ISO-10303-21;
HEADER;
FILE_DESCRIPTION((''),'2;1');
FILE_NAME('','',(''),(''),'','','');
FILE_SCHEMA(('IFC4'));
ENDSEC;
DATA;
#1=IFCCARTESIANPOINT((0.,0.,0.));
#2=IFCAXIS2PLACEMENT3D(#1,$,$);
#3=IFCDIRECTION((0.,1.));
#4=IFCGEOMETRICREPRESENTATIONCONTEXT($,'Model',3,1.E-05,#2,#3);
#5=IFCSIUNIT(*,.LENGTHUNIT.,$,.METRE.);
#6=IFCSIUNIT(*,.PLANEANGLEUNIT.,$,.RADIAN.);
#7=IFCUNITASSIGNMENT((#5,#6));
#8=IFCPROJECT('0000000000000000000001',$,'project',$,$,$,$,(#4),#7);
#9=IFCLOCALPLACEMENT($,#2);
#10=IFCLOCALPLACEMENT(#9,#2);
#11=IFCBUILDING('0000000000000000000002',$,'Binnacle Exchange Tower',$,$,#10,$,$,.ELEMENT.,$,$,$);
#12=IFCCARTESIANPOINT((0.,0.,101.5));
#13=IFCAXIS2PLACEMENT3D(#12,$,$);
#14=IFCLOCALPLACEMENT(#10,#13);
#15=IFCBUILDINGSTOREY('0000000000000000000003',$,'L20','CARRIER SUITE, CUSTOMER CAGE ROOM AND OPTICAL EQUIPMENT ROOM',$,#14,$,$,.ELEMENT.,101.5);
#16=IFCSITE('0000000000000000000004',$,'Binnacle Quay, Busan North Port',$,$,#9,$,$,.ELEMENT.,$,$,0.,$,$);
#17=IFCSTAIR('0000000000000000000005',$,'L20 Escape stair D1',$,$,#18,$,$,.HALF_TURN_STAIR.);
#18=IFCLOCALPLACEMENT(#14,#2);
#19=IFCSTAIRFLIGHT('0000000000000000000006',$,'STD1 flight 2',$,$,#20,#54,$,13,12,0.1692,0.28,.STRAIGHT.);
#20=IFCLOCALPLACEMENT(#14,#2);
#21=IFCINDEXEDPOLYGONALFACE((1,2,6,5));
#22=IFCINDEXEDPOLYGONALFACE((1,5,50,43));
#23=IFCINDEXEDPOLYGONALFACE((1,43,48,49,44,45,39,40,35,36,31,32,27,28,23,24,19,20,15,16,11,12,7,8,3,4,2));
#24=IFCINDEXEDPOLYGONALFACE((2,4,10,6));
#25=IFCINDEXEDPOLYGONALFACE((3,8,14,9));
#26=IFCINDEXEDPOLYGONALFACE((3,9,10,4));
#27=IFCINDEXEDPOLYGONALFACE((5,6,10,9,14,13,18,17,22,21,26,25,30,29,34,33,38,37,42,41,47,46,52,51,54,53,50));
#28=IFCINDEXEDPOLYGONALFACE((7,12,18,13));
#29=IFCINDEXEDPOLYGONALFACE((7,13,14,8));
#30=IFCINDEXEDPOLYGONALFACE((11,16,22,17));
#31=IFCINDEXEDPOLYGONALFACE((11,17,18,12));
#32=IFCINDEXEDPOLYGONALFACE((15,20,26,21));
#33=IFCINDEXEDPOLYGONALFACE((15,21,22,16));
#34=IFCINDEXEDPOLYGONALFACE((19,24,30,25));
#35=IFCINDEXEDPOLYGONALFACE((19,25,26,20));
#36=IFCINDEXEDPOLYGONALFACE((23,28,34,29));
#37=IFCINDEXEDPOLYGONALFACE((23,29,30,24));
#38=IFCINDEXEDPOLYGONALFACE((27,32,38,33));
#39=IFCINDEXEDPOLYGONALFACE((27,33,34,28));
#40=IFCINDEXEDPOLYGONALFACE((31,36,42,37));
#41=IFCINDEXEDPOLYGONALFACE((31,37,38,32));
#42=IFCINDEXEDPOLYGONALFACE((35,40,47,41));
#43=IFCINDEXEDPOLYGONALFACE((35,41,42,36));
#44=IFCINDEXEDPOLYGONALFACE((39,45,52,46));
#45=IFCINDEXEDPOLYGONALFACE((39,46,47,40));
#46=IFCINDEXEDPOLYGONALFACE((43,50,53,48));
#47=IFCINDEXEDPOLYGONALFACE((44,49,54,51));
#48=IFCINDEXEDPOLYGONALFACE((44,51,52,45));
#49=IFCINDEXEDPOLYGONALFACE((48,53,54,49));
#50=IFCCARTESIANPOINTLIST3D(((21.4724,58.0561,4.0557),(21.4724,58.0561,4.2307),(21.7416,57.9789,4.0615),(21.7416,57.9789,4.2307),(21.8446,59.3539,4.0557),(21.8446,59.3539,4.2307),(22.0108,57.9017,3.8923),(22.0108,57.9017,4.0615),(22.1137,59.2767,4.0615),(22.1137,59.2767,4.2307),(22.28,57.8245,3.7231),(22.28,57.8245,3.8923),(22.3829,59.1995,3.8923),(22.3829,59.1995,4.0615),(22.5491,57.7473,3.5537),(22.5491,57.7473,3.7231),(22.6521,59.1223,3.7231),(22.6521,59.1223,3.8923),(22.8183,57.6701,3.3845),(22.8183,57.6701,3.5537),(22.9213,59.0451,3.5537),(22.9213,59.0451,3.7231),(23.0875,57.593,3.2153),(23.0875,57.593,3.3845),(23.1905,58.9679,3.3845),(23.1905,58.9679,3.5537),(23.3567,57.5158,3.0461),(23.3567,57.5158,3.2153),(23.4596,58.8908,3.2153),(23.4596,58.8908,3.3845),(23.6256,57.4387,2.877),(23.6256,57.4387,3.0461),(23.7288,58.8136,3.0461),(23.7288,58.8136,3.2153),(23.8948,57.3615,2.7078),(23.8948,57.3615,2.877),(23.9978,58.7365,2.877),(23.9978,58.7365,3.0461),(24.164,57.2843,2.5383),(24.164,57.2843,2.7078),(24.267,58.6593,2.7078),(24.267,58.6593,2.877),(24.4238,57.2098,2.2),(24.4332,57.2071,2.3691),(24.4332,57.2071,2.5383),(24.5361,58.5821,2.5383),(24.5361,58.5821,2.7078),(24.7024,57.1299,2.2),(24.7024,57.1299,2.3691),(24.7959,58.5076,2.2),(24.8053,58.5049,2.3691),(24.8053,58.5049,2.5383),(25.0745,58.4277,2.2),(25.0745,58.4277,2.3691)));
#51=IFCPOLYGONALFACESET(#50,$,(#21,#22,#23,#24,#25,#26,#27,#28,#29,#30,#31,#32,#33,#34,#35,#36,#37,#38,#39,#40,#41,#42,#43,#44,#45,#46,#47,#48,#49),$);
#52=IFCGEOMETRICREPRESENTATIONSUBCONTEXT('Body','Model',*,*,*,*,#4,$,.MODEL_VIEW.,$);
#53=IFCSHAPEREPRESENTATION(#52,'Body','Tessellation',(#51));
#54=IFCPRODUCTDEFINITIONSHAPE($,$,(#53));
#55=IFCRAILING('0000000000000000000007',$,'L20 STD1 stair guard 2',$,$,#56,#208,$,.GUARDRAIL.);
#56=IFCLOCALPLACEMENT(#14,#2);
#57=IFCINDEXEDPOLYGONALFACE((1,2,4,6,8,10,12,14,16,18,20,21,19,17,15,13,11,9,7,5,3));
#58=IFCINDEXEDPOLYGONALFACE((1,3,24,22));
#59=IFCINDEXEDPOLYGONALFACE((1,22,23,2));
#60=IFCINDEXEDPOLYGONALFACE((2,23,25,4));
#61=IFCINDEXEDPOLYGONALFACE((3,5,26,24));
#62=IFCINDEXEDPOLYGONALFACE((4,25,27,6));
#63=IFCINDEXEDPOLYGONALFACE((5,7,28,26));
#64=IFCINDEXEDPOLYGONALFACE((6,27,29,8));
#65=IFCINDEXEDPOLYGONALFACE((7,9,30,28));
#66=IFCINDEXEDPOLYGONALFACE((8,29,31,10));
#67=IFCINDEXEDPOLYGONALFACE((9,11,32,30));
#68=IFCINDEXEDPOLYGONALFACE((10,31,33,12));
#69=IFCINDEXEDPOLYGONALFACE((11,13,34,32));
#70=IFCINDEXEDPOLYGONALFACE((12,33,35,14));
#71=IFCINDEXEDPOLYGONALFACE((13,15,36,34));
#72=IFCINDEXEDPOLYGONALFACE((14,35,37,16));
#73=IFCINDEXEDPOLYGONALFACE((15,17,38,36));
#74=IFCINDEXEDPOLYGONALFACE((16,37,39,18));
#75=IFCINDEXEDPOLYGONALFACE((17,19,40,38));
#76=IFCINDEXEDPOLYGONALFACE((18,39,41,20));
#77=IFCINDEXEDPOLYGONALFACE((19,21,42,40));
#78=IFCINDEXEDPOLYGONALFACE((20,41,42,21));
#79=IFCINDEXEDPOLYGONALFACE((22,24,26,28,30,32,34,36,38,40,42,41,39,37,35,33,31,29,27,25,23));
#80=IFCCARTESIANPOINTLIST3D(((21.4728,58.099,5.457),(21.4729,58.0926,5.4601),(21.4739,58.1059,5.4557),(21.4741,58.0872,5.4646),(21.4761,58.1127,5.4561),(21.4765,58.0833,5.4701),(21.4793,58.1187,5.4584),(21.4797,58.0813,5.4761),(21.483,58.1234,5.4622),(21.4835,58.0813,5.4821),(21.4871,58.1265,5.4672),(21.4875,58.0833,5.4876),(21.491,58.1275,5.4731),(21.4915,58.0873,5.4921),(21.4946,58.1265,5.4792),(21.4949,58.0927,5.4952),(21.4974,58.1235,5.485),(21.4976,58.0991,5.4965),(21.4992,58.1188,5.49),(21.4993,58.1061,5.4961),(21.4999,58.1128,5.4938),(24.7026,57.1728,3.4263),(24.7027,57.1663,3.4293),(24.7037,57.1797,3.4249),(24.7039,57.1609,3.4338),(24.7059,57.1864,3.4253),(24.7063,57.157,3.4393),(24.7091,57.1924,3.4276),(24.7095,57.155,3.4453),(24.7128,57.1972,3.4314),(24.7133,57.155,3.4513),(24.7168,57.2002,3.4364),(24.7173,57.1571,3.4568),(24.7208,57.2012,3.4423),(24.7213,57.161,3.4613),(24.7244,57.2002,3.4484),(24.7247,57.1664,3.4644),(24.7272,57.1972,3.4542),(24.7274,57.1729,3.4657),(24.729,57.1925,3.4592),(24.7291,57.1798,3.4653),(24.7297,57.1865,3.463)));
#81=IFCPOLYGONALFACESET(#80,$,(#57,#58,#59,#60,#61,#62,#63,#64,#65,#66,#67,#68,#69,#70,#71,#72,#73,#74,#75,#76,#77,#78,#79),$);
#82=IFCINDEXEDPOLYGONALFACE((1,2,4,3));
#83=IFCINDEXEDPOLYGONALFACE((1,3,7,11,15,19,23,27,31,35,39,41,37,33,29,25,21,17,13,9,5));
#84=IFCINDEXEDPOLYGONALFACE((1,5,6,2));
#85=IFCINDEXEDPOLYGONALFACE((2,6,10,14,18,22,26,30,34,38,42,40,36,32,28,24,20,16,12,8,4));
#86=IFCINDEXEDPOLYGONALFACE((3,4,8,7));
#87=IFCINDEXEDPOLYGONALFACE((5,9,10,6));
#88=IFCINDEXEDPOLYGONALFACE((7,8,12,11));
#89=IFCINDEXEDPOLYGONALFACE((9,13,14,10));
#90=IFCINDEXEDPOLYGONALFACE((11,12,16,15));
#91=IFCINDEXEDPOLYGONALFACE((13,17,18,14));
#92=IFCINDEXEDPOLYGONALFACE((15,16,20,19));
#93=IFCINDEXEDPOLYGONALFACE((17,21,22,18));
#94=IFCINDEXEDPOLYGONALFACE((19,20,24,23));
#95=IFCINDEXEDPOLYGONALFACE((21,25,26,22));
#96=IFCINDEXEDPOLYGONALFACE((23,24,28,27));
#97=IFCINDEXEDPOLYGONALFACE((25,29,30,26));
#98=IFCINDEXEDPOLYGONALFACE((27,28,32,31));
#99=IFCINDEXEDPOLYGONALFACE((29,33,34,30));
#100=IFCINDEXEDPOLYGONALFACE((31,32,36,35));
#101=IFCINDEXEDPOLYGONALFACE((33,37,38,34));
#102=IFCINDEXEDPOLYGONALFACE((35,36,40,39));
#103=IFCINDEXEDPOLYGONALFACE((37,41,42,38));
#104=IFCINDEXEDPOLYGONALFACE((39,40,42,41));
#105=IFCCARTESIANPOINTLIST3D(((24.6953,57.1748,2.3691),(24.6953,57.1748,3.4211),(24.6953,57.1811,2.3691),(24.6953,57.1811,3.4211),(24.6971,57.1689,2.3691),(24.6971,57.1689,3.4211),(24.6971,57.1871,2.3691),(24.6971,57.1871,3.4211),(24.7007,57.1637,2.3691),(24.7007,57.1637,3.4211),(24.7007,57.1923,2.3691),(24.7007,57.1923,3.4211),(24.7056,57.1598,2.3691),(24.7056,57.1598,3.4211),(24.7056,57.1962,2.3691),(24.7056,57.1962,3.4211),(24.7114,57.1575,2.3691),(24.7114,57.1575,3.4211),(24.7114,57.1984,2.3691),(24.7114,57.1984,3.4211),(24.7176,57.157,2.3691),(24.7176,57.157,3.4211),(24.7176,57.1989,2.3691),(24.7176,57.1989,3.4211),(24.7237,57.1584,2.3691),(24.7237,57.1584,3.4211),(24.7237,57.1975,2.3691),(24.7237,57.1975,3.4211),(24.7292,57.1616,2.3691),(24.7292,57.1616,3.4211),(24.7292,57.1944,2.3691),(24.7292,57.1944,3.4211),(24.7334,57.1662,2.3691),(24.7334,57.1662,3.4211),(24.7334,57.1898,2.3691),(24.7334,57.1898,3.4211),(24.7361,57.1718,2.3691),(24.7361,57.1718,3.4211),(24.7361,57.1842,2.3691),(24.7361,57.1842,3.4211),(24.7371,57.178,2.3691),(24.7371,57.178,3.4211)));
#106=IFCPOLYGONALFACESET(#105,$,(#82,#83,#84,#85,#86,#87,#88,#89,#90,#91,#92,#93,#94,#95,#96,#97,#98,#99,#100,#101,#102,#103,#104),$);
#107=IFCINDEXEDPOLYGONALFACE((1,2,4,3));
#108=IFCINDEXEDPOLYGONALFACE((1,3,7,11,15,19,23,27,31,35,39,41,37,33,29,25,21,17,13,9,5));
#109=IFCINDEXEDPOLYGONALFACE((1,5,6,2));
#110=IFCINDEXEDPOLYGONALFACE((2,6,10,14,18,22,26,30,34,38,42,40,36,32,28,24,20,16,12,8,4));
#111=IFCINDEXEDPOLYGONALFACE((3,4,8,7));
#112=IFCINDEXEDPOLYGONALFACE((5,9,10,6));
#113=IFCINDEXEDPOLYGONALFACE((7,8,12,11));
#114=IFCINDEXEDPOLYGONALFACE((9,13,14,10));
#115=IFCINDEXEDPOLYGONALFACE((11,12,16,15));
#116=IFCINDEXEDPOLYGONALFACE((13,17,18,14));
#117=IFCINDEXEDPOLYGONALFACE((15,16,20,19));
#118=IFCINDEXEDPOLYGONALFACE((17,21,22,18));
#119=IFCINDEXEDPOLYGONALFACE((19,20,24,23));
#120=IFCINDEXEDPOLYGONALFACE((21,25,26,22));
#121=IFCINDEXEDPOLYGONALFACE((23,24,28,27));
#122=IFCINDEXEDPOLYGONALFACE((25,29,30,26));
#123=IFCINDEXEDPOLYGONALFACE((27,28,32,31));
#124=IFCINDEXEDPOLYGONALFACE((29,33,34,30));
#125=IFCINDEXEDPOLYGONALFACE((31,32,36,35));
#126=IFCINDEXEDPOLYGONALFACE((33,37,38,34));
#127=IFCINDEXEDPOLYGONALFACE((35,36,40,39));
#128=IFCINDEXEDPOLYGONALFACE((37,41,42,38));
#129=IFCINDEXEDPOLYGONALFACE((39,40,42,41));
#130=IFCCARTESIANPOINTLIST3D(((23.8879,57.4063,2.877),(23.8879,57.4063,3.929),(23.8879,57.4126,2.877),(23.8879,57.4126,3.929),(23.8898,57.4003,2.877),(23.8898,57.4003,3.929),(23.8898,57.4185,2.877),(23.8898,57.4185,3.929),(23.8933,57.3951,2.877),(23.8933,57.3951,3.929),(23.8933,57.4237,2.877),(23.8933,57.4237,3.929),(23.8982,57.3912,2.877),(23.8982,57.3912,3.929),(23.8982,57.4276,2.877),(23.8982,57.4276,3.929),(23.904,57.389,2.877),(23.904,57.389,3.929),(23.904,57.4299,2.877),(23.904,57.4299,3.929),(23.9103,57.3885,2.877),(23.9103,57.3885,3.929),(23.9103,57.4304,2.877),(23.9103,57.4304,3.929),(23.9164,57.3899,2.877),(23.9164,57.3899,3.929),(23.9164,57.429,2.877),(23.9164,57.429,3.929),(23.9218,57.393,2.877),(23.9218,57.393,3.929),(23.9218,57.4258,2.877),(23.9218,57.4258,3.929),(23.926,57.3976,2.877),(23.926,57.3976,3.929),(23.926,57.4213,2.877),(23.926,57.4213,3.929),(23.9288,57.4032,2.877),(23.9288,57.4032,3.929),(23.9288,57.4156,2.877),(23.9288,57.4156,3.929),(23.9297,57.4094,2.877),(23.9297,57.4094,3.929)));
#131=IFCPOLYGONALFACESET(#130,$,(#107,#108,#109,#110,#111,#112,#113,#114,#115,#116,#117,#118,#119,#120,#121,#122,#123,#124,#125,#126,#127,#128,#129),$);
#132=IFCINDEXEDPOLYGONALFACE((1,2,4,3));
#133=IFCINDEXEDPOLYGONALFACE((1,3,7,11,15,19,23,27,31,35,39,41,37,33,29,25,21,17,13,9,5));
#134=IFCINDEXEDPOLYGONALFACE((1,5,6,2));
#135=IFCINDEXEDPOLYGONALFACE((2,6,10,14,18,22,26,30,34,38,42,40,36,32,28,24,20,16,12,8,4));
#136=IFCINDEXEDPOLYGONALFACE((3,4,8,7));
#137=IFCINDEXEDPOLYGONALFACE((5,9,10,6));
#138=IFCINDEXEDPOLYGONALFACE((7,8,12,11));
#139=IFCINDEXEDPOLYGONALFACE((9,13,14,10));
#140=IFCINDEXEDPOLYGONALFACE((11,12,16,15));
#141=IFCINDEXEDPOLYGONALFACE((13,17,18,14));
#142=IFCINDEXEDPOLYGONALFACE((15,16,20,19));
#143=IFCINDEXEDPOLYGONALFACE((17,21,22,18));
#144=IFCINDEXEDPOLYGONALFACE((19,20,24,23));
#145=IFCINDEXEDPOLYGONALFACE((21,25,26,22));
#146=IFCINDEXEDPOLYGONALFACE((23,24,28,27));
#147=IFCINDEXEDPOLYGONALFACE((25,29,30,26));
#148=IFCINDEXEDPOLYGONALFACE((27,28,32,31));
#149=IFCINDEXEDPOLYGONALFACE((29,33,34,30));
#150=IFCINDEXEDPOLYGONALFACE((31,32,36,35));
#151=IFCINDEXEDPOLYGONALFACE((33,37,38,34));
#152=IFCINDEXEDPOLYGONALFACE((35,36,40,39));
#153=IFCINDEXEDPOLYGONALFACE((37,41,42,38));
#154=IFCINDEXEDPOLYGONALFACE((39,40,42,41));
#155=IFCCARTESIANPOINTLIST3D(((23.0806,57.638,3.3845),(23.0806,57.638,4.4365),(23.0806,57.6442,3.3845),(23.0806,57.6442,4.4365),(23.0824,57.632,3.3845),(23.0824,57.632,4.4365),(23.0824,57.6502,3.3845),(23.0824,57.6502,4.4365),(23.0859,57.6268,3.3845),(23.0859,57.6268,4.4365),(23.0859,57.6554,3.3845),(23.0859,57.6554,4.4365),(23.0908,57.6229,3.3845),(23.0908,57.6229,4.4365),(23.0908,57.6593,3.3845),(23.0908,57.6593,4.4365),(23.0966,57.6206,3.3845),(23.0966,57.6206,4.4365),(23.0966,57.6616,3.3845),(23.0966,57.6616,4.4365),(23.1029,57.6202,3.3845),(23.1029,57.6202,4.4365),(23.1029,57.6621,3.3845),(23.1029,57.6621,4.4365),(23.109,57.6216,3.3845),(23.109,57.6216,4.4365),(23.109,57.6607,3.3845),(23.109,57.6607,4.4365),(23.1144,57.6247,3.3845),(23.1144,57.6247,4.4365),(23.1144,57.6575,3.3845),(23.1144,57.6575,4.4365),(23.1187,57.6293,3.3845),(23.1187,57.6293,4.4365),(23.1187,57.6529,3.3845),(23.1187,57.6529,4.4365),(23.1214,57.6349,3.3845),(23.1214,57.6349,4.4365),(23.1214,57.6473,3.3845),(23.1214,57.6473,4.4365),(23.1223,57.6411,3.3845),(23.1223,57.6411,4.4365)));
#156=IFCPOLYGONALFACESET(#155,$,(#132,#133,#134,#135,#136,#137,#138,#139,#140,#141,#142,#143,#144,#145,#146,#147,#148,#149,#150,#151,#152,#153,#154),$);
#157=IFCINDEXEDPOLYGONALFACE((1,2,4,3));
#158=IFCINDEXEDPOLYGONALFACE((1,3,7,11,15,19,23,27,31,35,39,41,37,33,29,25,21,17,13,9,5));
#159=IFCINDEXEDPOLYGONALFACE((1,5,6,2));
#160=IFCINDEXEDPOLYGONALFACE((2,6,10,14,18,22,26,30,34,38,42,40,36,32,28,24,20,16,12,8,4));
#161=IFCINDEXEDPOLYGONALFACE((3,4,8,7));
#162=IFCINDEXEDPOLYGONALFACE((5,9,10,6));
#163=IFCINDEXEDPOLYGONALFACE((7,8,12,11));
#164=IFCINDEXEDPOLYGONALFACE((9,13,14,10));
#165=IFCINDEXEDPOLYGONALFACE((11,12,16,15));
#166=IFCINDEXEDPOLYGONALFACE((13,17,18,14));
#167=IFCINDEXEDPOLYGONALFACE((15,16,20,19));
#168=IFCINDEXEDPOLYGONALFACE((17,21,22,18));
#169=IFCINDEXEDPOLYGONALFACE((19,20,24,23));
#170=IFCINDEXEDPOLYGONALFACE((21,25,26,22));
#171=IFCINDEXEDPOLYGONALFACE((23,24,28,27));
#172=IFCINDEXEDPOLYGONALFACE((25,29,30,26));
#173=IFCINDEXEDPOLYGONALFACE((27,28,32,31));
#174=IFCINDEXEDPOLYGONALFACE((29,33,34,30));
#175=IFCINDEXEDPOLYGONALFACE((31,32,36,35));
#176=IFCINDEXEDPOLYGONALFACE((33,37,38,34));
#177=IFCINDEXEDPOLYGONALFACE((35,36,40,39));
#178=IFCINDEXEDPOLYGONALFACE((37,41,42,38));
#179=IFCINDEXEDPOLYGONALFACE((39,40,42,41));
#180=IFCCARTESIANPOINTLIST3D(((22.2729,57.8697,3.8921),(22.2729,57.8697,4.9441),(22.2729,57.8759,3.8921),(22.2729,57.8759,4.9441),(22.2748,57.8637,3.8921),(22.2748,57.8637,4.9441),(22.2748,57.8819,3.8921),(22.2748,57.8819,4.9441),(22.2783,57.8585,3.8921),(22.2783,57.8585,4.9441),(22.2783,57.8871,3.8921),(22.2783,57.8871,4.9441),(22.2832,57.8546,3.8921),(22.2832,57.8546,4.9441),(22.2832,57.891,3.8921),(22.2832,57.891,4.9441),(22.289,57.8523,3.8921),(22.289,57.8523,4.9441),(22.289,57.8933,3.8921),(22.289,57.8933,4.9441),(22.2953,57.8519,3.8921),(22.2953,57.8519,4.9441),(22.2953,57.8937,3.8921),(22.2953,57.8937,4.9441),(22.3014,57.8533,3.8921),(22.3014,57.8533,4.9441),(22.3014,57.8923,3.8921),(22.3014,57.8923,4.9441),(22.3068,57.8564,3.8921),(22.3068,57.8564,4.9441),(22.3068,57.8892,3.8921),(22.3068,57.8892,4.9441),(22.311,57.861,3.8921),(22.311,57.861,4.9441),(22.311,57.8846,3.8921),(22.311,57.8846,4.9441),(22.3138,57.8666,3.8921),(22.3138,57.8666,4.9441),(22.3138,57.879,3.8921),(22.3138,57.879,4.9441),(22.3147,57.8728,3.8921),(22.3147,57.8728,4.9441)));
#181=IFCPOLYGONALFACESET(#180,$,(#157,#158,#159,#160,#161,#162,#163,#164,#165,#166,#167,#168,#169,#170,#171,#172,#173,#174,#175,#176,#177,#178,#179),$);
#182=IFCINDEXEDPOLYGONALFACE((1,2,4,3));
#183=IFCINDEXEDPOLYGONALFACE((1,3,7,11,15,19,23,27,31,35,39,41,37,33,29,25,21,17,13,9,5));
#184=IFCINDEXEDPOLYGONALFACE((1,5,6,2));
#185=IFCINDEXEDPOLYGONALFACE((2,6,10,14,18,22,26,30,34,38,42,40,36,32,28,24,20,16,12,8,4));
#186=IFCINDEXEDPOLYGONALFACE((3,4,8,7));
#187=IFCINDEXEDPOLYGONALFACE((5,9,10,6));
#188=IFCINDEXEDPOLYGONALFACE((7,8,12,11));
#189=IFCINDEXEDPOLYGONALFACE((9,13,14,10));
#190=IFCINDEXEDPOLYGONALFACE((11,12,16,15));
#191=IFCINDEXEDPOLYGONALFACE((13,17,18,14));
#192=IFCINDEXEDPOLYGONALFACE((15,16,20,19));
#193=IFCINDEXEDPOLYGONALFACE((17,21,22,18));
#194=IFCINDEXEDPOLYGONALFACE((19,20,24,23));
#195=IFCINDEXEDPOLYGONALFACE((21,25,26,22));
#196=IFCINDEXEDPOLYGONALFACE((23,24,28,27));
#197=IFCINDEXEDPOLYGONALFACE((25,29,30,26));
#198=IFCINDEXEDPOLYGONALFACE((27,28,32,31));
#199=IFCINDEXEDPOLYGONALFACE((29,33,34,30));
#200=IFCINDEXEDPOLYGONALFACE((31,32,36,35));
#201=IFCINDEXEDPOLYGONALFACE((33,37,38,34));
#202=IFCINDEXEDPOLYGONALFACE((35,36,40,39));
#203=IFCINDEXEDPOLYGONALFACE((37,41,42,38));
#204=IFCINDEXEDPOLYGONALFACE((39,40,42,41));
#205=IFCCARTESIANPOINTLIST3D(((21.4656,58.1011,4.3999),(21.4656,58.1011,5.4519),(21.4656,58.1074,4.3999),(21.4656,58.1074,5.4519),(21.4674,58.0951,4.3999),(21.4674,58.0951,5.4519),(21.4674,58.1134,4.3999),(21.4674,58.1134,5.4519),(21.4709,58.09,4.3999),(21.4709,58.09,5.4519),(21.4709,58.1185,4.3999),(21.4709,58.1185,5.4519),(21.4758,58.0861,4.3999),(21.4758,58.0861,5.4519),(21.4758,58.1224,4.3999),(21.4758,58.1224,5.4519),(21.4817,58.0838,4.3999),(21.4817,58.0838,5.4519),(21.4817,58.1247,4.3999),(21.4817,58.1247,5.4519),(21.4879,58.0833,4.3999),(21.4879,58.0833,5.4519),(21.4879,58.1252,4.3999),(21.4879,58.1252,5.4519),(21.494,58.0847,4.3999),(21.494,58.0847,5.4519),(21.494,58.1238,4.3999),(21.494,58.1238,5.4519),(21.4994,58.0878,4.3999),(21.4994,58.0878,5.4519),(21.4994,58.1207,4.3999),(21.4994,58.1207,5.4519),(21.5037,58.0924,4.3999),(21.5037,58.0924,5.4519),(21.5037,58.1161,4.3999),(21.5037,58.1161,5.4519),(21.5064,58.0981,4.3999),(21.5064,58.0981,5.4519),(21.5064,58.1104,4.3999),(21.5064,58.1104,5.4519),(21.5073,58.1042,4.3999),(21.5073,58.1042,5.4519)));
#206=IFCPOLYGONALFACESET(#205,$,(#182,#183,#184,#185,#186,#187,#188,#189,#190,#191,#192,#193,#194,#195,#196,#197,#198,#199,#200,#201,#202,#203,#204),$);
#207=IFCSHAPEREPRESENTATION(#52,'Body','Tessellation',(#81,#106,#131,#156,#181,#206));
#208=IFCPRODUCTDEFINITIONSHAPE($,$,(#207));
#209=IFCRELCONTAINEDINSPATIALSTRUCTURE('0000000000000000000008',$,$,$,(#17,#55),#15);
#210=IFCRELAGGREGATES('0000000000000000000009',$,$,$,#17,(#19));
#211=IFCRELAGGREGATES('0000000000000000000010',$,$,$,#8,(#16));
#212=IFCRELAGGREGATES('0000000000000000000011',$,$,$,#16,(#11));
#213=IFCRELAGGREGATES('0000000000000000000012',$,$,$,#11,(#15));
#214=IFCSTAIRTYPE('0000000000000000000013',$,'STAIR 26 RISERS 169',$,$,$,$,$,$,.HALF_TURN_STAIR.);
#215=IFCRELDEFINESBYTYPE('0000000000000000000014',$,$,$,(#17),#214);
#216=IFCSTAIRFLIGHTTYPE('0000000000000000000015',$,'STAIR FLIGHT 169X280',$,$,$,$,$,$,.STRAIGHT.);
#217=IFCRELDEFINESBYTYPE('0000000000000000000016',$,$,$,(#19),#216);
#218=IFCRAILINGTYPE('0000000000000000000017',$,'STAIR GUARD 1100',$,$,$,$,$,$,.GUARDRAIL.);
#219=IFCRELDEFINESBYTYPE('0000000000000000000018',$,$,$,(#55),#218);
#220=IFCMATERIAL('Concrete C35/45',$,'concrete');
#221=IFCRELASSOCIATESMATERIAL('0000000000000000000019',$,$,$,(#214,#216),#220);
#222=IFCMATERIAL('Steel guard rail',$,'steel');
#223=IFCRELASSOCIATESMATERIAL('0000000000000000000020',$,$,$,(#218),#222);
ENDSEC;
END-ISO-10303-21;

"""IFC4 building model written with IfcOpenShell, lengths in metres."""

from ifc_helpers import new_model, si_unit, direction, frame, origin, origin_2d, place, context, subcontext, project, spatial, polyline, circle, outline, extrude, material, type_object, element, aggregate, save


model = new_model("IFC4")

# Units and contexts
model_context = context("Model", 3, precision=1e-05, world=origin(), true_north=direction((0.0, 1.0)))
body_context = subcontext(model_context, "Body", "Model", "MODEL_VIEW")
ifc_project = project(units=[si_unit("LENGTHUNIT", "METRE"), si_unit("PLANEANGLEUNIT", "RADIAN")], contexts=[model_context])

# Site, building, storey
site_placement = place(None, origin())
site = spatial("IfcSite", under=ifc_project, at=site_placement, Name="Binnacle Quay, Busan North Port", CompositionType="ELEMENT", RefElevation=0.0)
building_placement = place(site_placement, origin())
building = spatial("IfcBuilding", under=site, at=building_placement, Name="Binnacle Exchange Tower", CompositionType="ELEMENT")
storey_placement = place(building_placement, frame((0.0, 0.0, 101.5)))
storey = spatial("IfcBuildingStorey", under=building, at=storey_placement, Name="L20", Description="CARRIER SUITE, CUSTOMER CAGE ROOM AND OPTICAL EQUIPMENT ROOM", CompositionType="ELEMENT", Elevation=101.5)

# Stair, stair flight
ifc_material_1 = material(Name="Concrete C35/45", Category="concrete")
stair_type = type_object("IfcStairType", Name="STAIR 26 RISERS 169", PredefinedType="HALF_TURN_STAIR", material=ifc_material_1)
stair_placement = place(storey_placement, origin())
stair = element("IfcStair", 1, at=stair_placement, inside=storey, type_object=stair_type, Name="L20 Escape stair D1", PredefinedType="HALF_TURN_STAIR")
stair_flight_type = type_object("IfcStairFlightType", Name="STAIR FLIGHT 169X280", PredefinedType="STRAIGHT", material=ifc_material_1)
stair_flight_1_placement = place(storey_placement, frame((24.8884, 57.7788, 2.2), z_axis=(0.0, 0.0, 1.0), x_axis=(-0.961262, 0.275637, 0.0)))
stair_flight_1 = element("IfcStairFlight", 2, at=stair_flight_1_placement, type_object=stair_flight_type, Name="STD1 flight 2", NumberOfRisers=13, NumberOfTreads=12, PredefinedType="STRAIGHT", RiserHeight=0.1692, TreadLength=0.28, context=body_context, shape_type="SweptSolid", body=[
    extrude(outline(polyline([(0.0, 0.0), (0.0, 0.1692), (0.28, 0.1692), (0.28, 0.3384), (0.5601, 0.3384), (0.5601, 0.5078), (0.8401, 0.5078), (0.8401, 0.677), (1.1201, 0.677), (1.1201, 0.8462), (1.3999, 0.8462), (1.3999, 1.0154), (1.6799, 1.0154), (1.6799, 1.1846), (1.96, 1.1846), (1.96, 1.3538), (2.24, 1.3538), (2.24, 1.5232), (2.52, 1.5232), (2.52, 1.6924), (2.8, 1.6924), (2.8, 1.8616), (3.0801, 1.8616), (3.0801, 2.0308), (3.3601, 2.0308), (3.3601, 2.2), (3.3601, 1.8557), (0.2898, 0.0), (0.0, 0.0)])), frame((0.0, 0.675, 0.0), z_axis=(0.0, -1.0, 0.0), x_axis=(1.0, 0.0, 0.0)), (0.0, 0.0, 1.0), 1.3501),
])
aggregate(stair, [stair_flight_1])

# Railing
ifc_material_2 = material(Name="Steel guard rail", Category="steel")
railing_type_1 = type_object("IfcRailingType", Name="STAIR GUARD 1100", PredefinedType="GUARDRAIL", material=ifc_material_2)
railing_1_placement = place(storey_placement, frame((24.7161, 57.178, 2.3691)))
element("IfcRailing", 3, at=railing_1_placement, inside=storey, type_object=railing_type_1, Name="L20 STD1 stair guard 2", PredefinedType="GUARDRAIL", context=body_context, shape_type="SweptSolid", body=[
    extrude(circle(Radius=0.0239, at=origin_2d()), frame((0.0, 0.0, 1.0762), z_axis=(-0.822661, 0.235935, 0.517265), x_axis=(-0.275681, -0.961249, 0.0)), (0.0, 0.0, 1.0), 3.926),
    extrude(circle(Radius=0.021, at=origin_2d()), origin(), (0.0, 0.0, 1.0), 1.052),
    extrude(circle(Radius=0.021, at=origin_2d()), frame((-0.8074, 0.2314, 0.5078)), (0.0, 0.0, 1.0), 1.052),
    extrude(circle(Radius=0.021, at=origin_2d()), frame((-1.6147, 0.4631, 1.0154)), (0.0, 0.0, 1.0), 1.052),
    extrude(circle(Radius=0.021, at=origin_2d()), frame((-2.4224, 0.6948, 1.5229)), (0.0, 0.0, 1.0), 1.052),
    extrude(circle(Radius=0.021, at=origin_2d()), frame((-3.2297, 0.9263, 2.0308)), (0.0, 0.0, 1.0), 1.052),
])

save(model, "model.ifc")
